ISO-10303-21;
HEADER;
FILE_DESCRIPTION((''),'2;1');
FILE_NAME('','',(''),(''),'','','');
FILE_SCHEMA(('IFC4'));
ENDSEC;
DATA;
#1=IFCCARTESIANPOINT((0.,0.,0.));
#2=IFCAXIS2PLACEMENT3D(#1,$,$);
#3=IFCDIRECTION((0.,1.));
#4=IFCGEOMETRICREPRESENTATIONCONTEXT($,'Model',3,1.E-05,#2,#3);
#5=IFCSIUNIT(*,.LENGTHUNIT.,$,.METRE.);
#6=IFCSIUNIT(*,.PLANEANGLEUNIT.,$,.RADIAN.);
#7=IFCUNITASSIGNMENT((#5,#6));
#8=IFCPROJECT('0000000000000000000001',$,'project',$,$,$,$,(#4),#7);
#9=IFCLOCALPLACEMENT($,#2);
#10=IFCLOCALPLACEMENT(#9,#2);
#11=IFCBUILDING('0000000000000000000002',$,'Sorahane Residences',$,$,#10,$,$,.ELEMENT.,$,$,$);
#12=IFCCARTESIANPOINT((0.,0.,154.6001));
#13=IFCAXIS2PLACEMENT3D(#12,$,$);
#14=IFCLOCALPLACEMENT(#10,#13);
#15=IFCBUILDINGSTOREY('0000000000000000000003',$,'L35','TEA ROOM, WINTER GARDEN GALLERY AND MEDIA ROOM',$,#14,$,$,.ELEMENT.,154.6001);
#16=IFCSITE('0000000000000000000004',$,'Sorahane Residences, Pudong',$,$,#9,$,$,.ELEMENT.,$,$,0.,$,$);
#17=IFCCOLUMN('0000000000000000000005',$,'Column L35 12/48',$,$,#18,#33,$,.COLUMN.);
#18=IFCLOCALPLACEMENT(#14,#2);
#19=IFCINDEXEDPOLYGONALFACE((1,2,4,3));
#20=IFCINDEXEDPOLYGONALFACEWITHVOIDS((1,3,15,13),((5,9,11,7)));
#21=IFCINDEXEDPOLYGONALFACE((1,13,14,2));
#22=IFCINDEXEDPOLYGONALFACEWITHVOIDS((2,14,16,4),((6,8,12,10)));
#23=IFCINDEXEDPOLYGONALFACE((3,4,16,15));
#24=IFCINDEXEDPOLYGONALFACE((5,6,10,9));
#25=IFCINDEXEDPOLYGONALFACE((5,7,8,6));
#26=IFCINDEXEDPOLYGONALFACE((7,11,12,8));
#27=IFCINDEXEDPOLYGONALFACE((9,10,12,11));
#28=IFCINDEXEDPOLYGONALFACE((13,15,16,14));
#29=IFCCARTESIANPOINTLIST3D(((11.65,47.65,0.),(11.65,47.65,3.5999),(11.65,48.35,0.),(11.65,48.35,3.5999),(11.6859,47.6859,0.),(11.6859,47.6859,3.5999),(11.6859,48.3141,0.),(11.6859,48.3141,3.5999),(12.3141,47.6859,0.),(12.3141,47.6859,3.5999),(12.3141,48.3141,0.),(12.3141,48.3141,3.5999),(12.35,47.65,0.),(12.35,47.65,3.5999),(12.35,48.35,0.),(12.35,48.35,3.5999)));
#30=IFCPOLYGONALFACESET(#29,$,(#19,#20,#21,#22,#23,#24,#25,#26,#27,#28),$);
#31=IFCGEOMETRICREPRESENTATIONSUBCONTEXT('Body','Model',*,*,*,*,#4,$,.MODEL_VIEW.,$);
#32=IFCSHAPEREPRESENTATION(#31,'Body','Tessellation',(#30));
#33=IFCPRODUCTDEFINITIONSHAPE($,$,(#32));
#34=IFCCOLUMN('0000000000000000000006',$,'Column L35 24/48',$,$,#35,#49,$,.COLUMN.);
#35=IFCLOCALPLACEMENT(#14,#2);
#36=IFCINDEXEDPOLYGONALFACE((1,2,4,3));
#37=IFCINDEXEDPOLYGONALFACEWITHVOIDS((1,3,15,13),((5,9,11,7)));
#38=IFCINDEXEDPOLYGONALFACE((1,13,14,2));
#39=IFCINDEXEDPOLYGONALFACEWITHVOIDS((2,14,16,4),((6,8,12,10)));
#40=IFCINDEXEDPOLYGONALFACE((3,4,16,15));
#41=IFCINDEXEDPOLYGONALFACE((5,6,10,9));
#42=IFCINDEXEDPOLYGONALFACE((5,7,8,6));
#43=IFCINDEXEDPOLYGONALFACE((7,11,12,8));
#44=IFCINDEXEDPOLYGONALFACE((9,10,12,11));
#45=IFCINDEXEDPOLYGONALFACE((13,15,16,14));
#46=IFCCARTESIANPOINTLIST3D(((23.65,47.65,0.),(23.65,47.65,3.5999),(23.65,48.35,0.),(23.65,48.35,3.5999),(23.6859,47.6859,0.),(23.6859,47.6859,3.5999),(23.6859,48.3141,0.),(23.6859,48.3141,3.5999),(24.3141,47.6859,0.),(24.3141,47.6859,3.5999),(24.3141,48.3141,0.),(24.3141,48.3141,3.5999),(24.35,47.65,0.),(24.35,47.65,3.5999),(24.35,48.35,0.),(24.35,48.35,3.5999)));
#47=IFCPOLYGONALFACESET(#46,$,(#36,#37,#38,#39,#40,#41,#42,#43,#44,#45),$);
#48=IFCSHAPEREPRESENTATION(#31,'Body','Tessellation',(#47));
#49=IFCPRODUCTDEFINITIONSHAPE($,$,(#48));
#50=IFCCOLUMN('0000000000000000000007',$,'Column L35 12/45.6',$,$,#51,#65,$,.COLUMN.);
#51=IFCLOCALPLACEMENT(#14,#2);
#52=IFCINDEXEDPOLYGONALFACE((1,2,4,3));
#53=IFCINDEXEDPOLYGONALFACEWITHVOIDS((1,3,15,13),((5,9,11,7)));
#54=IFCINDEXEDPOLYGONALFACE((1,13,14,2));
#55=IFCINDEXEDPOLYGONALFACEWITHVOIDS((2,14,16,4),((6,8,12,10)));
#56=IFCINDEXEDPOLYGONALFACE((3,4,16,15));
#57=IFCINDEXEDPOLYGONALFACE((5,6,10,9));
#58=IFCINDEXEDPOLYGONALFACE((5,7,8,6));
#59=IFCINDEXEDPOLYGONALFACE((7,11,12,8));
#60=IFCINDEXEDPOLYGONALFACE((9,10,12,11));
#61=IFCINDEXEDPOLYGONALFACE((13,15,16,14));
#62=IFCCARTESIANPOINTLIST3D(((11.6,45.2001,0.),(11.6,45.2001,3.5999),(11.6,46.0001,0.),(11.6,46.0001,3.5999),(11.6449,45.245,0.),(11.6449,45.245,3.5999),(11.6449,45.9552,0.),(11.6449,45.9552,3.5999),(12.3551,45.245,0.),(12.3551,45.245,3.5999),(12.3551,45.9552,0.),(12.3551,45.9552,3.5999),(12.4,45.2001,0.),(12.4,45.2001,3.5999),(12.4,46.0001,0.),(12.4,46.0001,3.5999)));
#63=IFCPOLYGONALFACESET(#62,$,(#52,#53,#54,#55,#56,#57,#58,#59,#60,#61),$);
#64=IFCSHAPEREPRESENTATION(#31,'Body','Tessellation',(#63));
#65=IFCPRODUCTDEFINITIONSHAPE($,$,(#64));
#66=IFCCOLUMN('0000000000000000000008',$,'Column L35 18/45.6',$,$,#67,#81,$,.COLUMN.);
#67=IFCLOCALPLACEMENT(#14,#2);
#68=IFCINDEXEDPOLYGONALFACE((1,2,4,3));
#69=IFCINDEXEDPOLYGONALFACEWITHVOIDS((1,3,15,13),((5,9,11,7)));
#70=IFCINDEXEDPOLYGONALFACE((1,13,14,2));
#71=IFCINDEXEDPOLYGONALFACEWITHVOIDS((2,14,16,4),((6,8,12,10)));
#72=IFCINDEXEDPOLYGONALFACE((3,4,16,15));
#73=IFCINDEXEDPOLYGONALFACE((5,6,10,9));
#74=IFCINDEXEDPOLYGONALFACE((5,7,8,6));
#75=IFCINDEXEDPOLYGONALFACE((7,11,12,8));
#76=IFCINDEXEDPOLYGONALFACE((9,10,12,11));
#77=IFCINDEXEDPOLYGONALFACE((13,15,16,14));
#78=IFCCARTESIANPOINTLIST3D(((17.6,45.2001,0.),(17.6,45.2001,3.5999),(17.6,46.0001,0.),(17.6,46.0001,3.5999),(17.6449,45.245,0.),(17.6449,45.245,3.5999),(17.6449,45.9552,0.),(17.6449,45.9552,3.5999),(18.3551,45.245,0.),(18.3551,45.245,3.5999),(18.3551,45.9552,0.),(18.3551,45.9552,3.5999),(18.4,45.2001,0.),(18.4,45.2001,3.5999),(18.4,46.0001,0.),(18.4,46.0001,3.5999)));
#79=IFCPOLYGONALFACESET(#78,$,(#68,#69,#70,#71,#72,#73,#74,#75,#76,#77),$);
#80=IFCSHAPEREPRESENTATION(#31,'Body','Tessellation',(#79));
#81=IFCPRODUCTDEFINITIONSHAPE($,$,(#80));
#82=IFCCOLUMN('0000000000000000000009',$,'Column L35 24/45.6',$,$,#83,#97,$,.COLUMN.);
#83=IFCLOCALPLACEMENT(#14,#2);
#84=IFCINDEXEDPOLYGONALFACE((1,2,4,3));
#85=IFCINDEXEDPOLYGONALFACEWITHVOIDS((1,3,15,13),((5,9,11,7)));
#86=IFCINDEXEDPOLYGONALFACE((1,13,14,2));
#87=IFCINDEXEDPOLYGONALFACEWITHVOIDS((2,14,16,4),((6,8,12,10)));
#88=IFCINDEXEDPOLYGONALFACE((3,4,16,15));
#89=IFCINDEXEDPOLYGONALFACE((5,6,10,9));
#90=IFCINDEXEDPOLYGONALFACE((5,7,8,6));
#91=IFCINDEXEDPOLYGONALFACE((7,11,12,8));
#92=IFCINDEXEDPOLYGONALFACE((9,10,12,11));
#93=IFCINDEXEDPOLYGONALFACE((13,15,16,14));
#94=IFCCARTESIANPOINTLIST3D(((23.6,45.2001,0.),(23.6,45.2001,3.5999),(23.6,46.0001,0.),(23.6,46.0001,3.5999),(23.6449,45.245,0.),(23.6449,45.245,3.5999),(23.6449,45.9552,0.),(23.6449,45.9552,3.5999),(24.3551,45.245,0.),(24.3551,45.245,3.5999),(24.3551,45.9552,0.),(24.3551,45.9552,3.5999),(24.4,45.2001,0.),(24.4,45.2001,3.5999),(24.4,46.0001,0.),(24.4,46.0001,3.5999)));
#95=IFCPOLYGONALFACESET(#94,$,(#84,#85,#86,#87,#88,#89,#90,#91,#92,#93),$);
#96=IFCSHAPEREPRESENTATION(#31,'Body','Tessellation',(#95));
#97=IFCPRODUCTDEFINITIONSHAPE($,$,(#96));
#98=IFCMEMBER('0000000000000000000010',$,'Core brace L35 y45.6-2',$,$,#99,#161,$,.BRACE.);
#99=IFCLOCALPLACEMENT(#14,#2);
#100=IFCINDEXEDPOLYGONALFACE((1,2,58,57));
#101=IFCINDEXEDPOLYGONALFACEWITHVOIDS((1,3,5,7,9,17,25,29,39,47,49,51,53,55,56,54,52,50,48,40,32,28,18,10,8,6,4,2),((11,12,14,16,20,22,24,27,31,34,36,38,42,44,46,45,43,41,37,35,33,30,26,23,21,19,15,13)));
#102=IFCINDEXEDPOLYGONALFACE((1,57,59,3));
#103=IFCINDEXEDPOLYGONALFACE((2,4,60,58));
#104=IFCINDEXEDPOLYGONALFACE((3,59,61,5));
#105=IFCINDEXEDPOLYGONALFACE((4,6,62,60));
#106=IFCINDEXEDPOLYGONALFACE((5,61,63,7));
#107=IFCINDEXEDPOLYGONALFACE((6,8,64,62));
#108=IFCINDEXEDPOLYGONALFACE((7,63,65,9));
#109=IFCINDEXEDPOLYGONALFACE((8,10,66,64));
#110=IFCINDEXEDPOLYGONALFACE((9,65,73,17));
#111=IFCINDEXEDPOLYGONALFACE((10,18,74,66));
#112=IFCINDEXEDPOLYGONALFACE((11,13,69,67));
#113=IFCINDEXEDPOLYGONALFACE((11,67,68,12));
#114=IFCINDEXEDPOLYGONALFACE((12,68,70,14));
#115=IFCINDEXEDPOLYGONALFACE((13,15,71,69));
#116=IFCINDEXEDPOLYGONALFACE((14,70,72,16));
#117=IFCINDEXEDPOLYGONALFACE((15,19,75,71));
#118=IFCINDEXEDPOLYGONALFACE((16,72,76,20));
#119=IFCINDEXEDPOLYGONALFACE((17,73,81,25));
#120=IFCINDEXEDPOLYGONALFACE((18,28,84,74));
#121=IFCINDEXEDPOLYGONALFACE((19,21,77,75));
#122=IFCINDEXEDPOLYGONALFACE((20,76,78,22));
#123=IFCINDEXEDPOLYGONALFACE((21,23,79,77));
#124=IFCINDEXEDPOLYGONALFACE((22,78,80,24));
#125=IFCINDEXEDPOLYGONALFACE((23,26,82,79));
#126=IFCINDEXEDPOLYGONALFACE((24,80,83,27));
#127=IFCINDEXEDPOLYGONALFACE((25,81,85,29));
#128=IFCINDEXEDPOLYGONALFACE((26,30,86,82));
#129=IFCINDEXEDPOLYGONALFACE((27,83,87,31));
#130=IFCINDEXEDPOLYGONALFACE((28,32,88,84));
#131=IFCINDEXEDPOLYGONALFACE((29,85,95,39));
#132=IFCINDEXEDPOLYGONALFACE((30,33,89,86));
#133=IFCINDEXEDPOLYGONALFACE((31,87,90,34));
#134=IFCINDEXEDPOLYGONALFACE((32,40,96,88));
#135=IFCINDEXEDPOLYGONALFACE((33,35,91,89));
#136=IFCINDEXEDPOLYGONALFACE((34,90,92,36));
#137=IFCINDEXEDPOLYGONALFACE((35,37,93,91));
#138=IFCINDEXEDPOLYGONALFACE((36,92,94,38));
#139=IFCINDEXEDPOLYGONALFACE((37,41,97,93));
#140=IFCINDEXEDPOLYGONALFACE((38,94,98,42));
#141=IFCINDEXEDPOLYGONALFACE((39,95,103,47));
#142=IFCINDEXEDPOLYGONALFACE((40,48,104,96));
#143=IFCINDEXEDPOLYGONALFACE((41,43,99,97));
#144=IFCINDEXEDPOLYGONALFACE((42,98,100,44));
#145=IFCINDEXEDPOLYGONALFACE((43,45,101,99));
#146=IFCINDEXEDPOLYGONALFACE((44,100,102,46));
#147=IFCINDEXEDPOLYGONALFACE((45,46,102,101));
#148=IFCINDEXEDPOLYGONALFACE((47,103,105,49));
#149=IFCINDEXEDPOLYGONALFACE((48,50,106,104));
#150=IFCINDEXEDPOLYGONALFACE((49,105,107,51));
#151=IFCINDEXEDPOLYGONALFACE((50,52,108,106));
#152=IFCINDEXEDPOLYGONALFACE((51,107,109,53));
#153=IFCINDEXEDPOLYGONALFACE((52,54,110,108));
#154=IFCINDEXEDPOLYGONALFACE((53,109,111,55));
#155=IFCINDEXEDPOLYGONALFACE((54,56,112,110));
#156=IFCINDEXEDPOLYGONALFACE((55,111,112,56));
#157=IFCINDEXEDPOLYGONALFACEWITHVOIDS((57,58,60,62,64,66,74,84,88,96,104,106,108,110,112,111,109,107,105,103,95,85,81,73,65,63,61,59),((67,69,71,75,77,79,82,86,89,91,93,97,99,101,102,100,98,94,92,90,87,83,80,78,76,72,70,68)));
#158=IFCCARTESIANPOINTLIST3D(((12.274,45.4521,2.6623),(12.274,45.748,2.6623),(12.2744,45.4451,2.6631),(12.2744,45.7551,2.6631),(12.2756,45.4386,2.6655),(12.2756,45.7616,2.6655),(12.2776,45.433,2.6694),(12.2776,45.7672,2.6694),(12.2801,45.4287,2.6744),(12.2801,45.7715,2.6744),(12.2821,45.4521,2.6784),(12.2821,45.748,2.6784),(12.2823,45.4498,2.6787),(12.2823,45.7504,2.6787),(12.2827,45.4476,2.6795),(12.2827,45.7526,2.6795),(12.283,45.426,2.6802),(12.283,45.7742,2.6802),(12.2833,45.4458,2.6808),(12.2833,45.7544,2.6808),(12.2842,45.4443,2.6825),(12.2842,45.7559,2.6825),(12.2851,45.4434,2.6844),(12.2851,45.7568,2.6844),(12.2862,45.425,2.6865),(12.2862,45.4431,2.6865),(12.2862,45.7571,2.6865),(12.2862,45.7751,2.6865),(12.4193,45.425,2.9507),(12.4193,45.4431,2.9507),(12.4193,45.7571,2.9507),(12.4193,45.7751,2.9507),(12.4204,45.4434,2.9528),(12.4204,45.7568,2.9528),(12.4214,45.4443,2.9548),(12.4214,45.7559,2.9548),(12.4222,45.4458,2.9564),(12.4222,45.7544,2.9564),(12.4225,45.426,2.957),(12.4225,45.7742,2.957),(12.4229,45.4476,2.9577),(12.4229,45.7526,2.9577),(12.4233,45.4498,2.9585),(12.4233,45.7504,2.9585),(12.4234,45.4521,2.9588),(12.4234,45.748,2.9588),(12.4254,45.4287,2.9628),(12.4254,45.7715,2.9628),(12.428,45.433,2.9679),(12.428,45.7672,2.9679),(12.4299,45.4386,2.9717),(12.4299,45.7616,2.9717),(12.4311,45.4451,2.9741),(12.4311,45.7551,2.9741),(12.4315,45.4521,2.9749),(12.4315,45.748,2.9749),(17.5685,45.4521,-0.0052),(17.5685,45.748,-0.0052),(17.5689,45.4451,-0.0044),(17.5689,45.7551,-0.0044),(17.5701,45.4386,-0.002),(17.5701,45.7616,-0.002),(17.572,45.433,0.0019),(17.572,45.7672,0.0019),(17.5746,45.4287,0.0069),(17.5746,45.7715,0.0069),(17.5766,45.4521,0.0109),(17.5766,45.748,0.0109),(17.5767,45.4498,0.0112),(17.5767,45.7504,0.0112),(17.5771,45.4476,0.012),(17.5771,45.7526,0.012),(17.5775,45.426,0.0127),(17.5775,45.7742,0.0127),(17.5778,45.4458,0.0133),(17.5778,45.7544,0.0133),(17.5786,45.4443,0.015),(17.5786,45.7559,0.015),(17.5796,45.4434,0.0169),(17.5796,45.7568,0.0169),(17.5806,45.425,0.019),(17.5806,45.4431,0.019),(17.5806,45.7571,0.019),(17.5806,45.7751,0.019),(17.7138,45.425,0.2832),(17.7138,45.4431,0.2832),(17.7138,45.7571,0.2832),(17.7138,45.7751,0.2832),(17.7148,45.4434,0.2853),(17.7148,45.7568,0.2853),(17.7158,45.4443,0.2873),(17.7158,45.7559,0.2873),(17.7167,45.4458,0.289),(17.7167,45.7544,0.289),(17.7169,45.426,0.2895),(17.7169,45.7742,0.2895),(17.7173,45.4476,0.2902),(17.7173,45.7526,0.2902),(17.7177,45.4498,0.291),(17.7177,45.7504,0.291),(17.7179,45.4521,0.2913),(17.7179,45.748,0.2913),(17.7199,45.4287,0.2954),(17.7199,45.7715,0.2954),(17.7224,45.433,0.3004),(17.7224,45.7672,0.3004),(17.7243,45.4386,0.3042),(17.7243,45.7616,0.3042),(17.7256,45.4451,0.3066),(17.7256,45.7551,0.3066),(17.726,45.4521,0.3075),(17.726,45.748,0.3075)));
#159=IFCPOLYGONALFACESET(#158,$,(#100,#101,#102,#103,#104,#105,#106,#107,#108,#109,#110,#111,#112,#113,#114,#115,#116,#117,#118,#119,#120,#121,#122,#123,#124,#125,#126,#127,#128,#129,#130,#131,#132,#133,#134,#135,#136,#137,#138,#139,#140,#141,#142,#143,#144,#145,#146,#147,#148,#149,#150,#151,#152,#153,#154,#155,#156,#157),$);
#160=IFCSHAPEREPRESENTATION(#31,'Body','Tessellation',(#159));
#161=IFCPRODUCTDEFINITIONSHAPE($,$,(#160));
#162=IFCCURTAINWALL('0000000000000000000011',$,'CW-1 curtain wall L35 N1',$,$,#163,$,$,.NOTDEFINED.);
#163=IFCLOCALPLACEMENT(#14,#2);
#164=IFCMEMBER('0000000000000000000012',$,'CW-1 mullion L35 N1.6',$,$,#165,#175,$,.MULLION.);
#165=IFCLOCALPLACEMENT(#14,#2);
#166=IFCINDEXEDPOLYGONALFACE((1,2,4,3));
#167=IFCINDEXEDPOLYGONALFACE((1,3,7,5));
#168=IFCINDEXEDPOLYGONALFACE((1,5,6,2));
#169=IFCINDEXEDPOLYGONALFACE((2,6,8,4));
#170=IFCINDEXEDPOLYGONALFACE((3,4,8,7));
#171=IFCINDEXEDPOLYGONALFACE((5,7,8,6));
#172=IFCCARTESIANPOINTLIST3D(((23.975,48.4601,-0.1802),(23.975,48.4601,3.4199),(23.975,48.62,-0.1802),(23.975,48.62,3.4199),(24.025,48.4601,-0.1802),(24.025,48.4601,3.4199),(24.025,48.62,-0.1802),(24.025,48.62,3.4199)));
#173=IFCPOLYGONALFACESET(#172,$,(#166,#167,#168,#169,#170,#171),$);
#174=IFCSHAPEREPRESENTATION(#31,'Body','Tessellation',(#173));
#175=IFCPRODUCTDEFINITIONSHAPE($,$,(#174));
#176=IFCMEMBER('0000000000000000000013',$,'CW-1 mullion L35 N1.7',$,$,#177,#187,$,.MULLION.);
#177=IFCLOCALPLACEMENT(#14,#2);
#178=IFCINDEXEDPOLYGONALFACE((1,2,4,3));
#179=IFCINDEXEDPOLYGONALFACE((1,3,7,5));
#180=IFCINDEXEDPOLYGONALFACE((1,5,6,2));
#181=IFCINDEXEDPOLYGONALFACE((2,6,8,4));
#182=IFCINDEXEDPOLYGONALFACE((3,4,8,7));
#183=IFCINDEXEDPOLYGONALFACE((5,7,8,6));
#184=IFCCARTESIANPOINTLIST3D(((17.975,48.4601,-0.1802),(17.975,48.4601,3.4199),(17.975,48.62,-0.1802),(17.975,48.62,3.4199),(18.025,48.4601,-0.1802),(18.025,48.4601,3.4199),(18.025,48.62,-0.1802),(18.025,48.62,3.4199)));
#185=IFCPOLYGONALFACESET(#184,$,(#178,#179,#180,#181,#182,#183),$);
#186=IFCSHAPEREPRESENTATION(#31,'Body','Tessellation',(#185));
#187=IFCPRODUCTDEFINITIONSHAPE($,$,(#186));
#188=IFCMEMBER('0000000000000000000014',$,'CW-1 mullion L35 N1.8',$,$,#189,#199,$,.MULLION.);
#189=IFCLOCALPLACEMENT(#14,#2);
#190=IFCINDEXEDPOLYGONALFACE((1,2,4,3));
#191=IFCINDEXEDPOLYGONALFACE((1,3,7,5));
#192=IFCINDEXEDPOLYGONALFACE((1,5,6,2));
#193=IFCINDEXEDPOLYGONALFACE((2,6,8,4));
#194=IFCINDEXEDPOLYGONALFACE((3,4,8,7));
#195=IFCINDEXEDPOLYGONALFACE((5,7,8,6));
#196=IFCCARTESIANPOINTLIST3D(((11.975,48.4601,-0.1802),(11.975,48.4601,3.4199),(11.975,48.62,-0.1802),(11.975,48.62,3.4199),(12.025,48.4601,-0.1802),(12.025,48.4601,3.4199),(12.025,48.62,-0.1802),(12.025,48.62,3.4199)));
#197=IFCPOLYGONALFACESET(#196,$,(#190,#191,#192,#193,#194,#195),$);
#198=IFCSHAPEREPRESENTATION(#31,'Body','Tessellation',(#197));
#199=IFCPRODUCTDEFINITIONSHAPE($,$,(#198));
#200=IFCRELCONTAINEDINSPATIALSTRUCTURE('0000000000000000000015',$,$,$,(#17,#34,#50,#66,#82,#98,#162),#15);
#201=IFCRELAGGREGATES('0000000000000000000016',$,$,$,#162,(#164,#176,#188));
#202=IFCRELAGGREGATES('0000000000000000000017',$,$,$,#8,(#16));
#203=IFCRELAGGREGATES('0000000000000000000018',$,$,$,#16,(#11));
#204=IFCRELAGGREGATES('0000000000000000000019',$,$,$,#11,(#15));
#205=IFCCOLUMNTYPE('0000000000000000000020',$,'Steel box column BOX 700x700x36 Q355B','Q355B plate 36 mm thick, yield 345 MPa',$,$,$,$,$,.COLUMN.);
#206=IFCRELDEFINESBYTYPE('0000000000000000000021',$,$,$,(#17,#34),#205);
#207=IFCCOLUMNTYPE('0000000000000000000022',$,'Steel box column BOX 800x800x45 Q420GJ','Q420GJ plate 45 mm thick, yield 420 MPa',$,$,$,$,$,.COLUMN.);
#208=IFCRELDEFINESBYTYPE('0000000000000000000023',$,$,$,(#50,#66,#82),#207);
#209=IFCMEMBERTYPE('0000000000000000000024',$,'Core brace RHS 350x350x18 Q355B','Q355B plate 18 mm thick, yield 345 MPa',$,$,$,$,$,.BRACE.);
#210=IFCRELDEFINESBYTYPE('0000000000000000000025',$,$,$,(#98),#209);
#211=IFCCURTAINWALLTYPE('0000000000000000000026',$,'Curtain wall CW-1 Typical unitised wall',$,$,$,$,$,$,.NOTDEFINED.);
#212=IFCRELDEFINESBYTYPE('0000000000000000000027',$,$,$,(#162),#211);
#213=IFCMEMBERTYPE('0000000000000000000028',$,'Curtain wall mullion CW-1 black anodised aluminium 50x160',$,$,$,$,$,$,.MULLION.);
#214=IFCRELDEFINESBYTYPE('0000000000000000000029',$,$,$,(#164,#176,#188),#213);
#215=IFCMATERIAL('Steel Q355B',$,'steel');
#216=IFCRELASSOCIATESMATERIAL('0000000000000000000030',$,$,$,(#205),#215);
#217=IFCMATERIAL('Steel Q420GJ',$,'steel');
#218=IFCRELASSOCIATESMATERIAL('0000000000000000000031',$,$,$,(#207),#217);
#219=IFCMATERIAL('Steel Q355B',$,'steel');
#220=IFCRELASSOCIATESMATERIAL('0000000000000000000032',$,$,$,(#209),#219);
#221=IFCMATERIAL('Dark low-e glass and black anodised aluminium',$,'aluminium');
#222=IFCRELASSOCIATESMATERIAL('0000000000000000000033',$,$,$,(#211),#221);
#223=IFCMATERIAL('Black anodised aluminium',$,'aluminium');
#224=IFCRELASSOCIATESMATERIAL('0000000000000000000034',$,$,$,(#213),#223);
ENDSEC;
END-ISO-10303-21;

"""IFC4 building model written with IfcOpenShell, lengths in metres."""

from ifc_helpers import new_model, si_unit, direction, frame, origin, origin_2d, place, context, subcontext, project, spatial, rectangle, hollow_rectangle, extrude, material, material_profile, profile_set, type_object, element, aggregate, save


model = new_model("IFC4")

# Units and contexts
model_context = context("Model", 3, precision=1e-05, world=origin(), true_north=direction((0.0, 1.0)))
body_context = subcontext(model_context, "Body", "Model", "MODEL_VIEW")
ifc_project = project(units=[si_unit("LENGTHUNIT", "METRE"), si_unit("PLANEANGLEUNIT", "RADIAN")], contexts=[model_context])

# Site, building, storey
site_placement = place(None, origin())
site = spatial("IfcSite", under=ifc_project, at=site_placement, Name="Sorahane Residences, Pudong", CompositionType="ELEMENT", RefElevation=0.0)
building_placement = place(site_placement, origin())
building = spatial("IfcBuilding", under=site, at=building_placement, Name="Sorahane Residences", CompositionType="ELEMENT")
storey_placement = place(building_placement, frame((0.0, 0.0, 154.6001)))
storey = spatial("IfcBuildingStorey", under=building, at=storey_placement, Name="L35", Description="TEA ROOM, WINTER GARDEN GALLERY AND MEDIA ROOM", CompositionType="ELEMENT", Elevation=154.6001)

# Columns
ifc_material_1 = material(Name="Steel Q355B", Category="steel")
ifc_material_profile_1 = material_profile(ifc_material_1, hollow_rectangle(XDim=0.7, YDim=0.7, WallThickness=0.0359, at=origin_2d()), Name="BOX 700x700x36")
ifc_profile_set_1 = profile_set([ifc_material_profile_1], Name="Steel Q355B")
column_type_1 = type_object("IfcColumnType", Name="Steel box column BOX 700x700x36 Q355B", Description="Q355B plate 36 mm thick, yield 345 MPa", PredefinedType="COLUMN", material=ifc_profile_set_1)
for number, where, z_axis, x_axis, name in (
    (1, (12.0, 48.0, 0.0), (0.0, 0.0, 1.0), (1.0, 0.0, 0.0), "Column L35 12/48"),
    (2, (24.0, 48.0, 0.0), (0.0, 0.0, 1.0), (1.0, 0.0, 0.0), "Column L35 24/48"),
):
    element("IfcColumn", number, at=place(storey_placement, frame(where, z_axis=z_axis, x_axis=x_axis)), inside=storey, type_object=column_type_1, Name=name, PredefinedType="COLUMN", context=body_context, shape_type="SweptSolid", body=[
        extrude(hollow_rectangle(XDim=0.7, YDim=0.7, WallThickness=0.0359, at=origin_2d()), origin(), (0.0, 0.0, 1.0), 3.5999),
    ])
ifc_material_2 = material(Name="Steel Q420GJ", Category="steel")
ifc_material_profile_2 = material_profile(ifc_material_2, hollow_rectangle(XDim=0.8, YDim=0.8, WallThickness=0.0449, at=origin_2d()), Name="BOX 800x800x45")
ifc_profile_set_2 = profile_set([ifc_material_profile_2], Name="Steel Q420GJ")
column_type_2 = type_object("IfcColumnType", Name="Steel box column BOX 800x800x45 Q420GJ", Description="Q420GJ plate 45 mm thick, yield 420 MPa", PredefinedType="COLUMN", material=ifc_profile_set_2)
for number, where, z_axis, x_axis, name in (
    (3, (12.0, 45.6001, 0.0), (0.0, 0.0, 1.0), (1.0, 0.0, 0.0), "Column L35 12/45.6"),
    (4, (18.0, 45.6001, 0.0), (0.0, 0.0, 1.0), (1.0, 0.0, 0.0), "Column L35 18/45.6"),
    (5, (24.0, 45.6001, 0.0), (0.0, 0.0, 1.0), (1.0, 0.0, 0.0), "Column L35 24/45.6"),
):
    element("IfcColumn", number, at=place(storey_placement, frame(where, z_axis=z_axis, x_axis=x_axis)), inside=storey, type_object=column_type_2, Name=name, PredefinedType="COLUMN", context=body_context, shape_type="SweptSolid", body=[
        extrude(hollow_rectangle(XDim=0.8, YDim=0.8, WallThickness=0.0449, at=origin_2d()), origin(), (0.0, 0.0, 1.0), 3.5999),
    ])

# Member
ifc_material_3 = material(Name="Steel Q355B", Category="steel")
ifc_material_profile_3 = material_profile(ifc_material_3, hollow_rectangle(XDim=0.3501, YDim=0.3501, WallThickness=0.0181, InnerFilletRadius=0.009, OuterFilletRadius=0.0271, at=origin_2d()), Name="RHS 350x350x18")
ifc_profile_set_3 = profile_set([ifc_material_profile_3], Name="Steel Q355B")
member_type_1 = type_object("IfcMemberType", Name="Core brace RHS 350x350x18 Q355B", Description="Q355B plate 18 mm thick, yield 345 MPa", PredefinedType="BRACE", material=ifc_profile_set_3)
member_1_placement = place(storey_placement, frame((17.6472, 45.6001, 0.1511), z_axis=(-0.893056, 0.0, 0.449946), x_axis=(0.0, -1.0, 0.0)))
element("IfcMember", 6, at=member_1_placement, inside=storey, type_object=member_type_1, Name="Core brace L35 y45.6-2", PredefinedType="BRACE", context=body_context, shape_type="SweptSolid", body=[
    extrude(hollow_rectangle(XDim=0.3501, YDim=0.3501, WallThickness=0.0181, InnerFilletRadius=0.009, OuterFilletRadius=0.0271, at=origin_2d()), origin(), (0.0, 0.0, 1.0), 5.9285),
])

# Curtain wall, members
ifc_material_4 = material(Name="Dark low-e glass and black anodised aluminium", Category="aluminium")
curtain_wall_type = type_object("IfcCurtainWallType", Name="Curtain wall CW-1 Typical unitised wall", PredefinedType="NOTDEFINED", material=ifc_material_4)
curtain_wall_placement = place(storey_placement, origin())
curtain_wall = element("IfcCurtainWall", 7, at=curtain_wall_placement, inside=storey, type_object=curtain_wall_type, Name="CW-1 curtain wall L35 N1", PredefinedType="NOTDEFINED")
ifc_material_5 = material(Name="Black anodised aluminium", Category="aluminium")
ifc_material_profile_4 = material_profile(ifc_material_5, rectangle(XDim=0.1599, YDim=0.05, at=origin_2d()), Name="Curtain wall mullion CW-1 black anodised aluminium 50x160")
ifc_profile_set_4 = profile_set([ifc_material_profile_4], Name="Black anodised aluminium")
member_type_2 = type_object("IfcMemberType", Name="Curtain wall mullion CW-1 black anodised aluminium 50x160", PredefinedType="MULLION", material=ifc_profile_set_4)
member_2_placement = place(storey_placement, frame((24.0, 48.54, -0.1802), z_axis=(0.0, 0.0, 1.0), x_axis=(0.0, 1.0, 0.0)))
member_2 = element("IfcMember", 8, at=member_2_placement, type_object=member_type_2, Name="CW-1 mullion L35 N1.6", PredefinedType="MULLION", context=body_context, shape_type="SweptSolid", body=[
    extrude(rectangle(XDim=0.1599, YDim=0.05, at=origin_2d()), origin(), (0.0, 0.0, 1.0), 3.6001),
])
member_3_placement = place(storey_placement, frame((18.0, 48.54, -0.1802), z_axis=(0.0, 0.0, 1.0), x_axis=(0.0, 1.0, 0.0)))
member_3 = element("IfcMember", 9, at=member_3_placement, type_object=member_type_2, Name="CW-1 mullion L35 N1.7", PredefinedType="MULLION", context=body_context, shape_type="SweptSolid", body=[
    extrude(rectangle(XDim=0.1599, YDim=0.05, at=origin_2d()), origin(), (0.0, 0.0, 1.0), 3.6001),
])
member_4_placement = place(storey_placement, frame((12.0, 48.54, -0.1802), z_axis=(0.0, 0.0, 1.0), x_axis=(0.0, 1.0, 0.0)))
member_4 = element("IfcMember", 10, at=member_4_placement, type_object=member_type_2, Name="CW-1 mullion L35 N1.8", PredefinedType="MULLION", context=body_context, shape_type="SweptSolid", body=[
    extrude(rectangle(XDim=0.1599, YDim=0.05, at=origin_2d()), origin(), (0.0, 0.0, 1.0), 3.6001),
])

aggregate(curtain_wall, [member_2, member_3, member_4])

save(model, "model.ifc")
